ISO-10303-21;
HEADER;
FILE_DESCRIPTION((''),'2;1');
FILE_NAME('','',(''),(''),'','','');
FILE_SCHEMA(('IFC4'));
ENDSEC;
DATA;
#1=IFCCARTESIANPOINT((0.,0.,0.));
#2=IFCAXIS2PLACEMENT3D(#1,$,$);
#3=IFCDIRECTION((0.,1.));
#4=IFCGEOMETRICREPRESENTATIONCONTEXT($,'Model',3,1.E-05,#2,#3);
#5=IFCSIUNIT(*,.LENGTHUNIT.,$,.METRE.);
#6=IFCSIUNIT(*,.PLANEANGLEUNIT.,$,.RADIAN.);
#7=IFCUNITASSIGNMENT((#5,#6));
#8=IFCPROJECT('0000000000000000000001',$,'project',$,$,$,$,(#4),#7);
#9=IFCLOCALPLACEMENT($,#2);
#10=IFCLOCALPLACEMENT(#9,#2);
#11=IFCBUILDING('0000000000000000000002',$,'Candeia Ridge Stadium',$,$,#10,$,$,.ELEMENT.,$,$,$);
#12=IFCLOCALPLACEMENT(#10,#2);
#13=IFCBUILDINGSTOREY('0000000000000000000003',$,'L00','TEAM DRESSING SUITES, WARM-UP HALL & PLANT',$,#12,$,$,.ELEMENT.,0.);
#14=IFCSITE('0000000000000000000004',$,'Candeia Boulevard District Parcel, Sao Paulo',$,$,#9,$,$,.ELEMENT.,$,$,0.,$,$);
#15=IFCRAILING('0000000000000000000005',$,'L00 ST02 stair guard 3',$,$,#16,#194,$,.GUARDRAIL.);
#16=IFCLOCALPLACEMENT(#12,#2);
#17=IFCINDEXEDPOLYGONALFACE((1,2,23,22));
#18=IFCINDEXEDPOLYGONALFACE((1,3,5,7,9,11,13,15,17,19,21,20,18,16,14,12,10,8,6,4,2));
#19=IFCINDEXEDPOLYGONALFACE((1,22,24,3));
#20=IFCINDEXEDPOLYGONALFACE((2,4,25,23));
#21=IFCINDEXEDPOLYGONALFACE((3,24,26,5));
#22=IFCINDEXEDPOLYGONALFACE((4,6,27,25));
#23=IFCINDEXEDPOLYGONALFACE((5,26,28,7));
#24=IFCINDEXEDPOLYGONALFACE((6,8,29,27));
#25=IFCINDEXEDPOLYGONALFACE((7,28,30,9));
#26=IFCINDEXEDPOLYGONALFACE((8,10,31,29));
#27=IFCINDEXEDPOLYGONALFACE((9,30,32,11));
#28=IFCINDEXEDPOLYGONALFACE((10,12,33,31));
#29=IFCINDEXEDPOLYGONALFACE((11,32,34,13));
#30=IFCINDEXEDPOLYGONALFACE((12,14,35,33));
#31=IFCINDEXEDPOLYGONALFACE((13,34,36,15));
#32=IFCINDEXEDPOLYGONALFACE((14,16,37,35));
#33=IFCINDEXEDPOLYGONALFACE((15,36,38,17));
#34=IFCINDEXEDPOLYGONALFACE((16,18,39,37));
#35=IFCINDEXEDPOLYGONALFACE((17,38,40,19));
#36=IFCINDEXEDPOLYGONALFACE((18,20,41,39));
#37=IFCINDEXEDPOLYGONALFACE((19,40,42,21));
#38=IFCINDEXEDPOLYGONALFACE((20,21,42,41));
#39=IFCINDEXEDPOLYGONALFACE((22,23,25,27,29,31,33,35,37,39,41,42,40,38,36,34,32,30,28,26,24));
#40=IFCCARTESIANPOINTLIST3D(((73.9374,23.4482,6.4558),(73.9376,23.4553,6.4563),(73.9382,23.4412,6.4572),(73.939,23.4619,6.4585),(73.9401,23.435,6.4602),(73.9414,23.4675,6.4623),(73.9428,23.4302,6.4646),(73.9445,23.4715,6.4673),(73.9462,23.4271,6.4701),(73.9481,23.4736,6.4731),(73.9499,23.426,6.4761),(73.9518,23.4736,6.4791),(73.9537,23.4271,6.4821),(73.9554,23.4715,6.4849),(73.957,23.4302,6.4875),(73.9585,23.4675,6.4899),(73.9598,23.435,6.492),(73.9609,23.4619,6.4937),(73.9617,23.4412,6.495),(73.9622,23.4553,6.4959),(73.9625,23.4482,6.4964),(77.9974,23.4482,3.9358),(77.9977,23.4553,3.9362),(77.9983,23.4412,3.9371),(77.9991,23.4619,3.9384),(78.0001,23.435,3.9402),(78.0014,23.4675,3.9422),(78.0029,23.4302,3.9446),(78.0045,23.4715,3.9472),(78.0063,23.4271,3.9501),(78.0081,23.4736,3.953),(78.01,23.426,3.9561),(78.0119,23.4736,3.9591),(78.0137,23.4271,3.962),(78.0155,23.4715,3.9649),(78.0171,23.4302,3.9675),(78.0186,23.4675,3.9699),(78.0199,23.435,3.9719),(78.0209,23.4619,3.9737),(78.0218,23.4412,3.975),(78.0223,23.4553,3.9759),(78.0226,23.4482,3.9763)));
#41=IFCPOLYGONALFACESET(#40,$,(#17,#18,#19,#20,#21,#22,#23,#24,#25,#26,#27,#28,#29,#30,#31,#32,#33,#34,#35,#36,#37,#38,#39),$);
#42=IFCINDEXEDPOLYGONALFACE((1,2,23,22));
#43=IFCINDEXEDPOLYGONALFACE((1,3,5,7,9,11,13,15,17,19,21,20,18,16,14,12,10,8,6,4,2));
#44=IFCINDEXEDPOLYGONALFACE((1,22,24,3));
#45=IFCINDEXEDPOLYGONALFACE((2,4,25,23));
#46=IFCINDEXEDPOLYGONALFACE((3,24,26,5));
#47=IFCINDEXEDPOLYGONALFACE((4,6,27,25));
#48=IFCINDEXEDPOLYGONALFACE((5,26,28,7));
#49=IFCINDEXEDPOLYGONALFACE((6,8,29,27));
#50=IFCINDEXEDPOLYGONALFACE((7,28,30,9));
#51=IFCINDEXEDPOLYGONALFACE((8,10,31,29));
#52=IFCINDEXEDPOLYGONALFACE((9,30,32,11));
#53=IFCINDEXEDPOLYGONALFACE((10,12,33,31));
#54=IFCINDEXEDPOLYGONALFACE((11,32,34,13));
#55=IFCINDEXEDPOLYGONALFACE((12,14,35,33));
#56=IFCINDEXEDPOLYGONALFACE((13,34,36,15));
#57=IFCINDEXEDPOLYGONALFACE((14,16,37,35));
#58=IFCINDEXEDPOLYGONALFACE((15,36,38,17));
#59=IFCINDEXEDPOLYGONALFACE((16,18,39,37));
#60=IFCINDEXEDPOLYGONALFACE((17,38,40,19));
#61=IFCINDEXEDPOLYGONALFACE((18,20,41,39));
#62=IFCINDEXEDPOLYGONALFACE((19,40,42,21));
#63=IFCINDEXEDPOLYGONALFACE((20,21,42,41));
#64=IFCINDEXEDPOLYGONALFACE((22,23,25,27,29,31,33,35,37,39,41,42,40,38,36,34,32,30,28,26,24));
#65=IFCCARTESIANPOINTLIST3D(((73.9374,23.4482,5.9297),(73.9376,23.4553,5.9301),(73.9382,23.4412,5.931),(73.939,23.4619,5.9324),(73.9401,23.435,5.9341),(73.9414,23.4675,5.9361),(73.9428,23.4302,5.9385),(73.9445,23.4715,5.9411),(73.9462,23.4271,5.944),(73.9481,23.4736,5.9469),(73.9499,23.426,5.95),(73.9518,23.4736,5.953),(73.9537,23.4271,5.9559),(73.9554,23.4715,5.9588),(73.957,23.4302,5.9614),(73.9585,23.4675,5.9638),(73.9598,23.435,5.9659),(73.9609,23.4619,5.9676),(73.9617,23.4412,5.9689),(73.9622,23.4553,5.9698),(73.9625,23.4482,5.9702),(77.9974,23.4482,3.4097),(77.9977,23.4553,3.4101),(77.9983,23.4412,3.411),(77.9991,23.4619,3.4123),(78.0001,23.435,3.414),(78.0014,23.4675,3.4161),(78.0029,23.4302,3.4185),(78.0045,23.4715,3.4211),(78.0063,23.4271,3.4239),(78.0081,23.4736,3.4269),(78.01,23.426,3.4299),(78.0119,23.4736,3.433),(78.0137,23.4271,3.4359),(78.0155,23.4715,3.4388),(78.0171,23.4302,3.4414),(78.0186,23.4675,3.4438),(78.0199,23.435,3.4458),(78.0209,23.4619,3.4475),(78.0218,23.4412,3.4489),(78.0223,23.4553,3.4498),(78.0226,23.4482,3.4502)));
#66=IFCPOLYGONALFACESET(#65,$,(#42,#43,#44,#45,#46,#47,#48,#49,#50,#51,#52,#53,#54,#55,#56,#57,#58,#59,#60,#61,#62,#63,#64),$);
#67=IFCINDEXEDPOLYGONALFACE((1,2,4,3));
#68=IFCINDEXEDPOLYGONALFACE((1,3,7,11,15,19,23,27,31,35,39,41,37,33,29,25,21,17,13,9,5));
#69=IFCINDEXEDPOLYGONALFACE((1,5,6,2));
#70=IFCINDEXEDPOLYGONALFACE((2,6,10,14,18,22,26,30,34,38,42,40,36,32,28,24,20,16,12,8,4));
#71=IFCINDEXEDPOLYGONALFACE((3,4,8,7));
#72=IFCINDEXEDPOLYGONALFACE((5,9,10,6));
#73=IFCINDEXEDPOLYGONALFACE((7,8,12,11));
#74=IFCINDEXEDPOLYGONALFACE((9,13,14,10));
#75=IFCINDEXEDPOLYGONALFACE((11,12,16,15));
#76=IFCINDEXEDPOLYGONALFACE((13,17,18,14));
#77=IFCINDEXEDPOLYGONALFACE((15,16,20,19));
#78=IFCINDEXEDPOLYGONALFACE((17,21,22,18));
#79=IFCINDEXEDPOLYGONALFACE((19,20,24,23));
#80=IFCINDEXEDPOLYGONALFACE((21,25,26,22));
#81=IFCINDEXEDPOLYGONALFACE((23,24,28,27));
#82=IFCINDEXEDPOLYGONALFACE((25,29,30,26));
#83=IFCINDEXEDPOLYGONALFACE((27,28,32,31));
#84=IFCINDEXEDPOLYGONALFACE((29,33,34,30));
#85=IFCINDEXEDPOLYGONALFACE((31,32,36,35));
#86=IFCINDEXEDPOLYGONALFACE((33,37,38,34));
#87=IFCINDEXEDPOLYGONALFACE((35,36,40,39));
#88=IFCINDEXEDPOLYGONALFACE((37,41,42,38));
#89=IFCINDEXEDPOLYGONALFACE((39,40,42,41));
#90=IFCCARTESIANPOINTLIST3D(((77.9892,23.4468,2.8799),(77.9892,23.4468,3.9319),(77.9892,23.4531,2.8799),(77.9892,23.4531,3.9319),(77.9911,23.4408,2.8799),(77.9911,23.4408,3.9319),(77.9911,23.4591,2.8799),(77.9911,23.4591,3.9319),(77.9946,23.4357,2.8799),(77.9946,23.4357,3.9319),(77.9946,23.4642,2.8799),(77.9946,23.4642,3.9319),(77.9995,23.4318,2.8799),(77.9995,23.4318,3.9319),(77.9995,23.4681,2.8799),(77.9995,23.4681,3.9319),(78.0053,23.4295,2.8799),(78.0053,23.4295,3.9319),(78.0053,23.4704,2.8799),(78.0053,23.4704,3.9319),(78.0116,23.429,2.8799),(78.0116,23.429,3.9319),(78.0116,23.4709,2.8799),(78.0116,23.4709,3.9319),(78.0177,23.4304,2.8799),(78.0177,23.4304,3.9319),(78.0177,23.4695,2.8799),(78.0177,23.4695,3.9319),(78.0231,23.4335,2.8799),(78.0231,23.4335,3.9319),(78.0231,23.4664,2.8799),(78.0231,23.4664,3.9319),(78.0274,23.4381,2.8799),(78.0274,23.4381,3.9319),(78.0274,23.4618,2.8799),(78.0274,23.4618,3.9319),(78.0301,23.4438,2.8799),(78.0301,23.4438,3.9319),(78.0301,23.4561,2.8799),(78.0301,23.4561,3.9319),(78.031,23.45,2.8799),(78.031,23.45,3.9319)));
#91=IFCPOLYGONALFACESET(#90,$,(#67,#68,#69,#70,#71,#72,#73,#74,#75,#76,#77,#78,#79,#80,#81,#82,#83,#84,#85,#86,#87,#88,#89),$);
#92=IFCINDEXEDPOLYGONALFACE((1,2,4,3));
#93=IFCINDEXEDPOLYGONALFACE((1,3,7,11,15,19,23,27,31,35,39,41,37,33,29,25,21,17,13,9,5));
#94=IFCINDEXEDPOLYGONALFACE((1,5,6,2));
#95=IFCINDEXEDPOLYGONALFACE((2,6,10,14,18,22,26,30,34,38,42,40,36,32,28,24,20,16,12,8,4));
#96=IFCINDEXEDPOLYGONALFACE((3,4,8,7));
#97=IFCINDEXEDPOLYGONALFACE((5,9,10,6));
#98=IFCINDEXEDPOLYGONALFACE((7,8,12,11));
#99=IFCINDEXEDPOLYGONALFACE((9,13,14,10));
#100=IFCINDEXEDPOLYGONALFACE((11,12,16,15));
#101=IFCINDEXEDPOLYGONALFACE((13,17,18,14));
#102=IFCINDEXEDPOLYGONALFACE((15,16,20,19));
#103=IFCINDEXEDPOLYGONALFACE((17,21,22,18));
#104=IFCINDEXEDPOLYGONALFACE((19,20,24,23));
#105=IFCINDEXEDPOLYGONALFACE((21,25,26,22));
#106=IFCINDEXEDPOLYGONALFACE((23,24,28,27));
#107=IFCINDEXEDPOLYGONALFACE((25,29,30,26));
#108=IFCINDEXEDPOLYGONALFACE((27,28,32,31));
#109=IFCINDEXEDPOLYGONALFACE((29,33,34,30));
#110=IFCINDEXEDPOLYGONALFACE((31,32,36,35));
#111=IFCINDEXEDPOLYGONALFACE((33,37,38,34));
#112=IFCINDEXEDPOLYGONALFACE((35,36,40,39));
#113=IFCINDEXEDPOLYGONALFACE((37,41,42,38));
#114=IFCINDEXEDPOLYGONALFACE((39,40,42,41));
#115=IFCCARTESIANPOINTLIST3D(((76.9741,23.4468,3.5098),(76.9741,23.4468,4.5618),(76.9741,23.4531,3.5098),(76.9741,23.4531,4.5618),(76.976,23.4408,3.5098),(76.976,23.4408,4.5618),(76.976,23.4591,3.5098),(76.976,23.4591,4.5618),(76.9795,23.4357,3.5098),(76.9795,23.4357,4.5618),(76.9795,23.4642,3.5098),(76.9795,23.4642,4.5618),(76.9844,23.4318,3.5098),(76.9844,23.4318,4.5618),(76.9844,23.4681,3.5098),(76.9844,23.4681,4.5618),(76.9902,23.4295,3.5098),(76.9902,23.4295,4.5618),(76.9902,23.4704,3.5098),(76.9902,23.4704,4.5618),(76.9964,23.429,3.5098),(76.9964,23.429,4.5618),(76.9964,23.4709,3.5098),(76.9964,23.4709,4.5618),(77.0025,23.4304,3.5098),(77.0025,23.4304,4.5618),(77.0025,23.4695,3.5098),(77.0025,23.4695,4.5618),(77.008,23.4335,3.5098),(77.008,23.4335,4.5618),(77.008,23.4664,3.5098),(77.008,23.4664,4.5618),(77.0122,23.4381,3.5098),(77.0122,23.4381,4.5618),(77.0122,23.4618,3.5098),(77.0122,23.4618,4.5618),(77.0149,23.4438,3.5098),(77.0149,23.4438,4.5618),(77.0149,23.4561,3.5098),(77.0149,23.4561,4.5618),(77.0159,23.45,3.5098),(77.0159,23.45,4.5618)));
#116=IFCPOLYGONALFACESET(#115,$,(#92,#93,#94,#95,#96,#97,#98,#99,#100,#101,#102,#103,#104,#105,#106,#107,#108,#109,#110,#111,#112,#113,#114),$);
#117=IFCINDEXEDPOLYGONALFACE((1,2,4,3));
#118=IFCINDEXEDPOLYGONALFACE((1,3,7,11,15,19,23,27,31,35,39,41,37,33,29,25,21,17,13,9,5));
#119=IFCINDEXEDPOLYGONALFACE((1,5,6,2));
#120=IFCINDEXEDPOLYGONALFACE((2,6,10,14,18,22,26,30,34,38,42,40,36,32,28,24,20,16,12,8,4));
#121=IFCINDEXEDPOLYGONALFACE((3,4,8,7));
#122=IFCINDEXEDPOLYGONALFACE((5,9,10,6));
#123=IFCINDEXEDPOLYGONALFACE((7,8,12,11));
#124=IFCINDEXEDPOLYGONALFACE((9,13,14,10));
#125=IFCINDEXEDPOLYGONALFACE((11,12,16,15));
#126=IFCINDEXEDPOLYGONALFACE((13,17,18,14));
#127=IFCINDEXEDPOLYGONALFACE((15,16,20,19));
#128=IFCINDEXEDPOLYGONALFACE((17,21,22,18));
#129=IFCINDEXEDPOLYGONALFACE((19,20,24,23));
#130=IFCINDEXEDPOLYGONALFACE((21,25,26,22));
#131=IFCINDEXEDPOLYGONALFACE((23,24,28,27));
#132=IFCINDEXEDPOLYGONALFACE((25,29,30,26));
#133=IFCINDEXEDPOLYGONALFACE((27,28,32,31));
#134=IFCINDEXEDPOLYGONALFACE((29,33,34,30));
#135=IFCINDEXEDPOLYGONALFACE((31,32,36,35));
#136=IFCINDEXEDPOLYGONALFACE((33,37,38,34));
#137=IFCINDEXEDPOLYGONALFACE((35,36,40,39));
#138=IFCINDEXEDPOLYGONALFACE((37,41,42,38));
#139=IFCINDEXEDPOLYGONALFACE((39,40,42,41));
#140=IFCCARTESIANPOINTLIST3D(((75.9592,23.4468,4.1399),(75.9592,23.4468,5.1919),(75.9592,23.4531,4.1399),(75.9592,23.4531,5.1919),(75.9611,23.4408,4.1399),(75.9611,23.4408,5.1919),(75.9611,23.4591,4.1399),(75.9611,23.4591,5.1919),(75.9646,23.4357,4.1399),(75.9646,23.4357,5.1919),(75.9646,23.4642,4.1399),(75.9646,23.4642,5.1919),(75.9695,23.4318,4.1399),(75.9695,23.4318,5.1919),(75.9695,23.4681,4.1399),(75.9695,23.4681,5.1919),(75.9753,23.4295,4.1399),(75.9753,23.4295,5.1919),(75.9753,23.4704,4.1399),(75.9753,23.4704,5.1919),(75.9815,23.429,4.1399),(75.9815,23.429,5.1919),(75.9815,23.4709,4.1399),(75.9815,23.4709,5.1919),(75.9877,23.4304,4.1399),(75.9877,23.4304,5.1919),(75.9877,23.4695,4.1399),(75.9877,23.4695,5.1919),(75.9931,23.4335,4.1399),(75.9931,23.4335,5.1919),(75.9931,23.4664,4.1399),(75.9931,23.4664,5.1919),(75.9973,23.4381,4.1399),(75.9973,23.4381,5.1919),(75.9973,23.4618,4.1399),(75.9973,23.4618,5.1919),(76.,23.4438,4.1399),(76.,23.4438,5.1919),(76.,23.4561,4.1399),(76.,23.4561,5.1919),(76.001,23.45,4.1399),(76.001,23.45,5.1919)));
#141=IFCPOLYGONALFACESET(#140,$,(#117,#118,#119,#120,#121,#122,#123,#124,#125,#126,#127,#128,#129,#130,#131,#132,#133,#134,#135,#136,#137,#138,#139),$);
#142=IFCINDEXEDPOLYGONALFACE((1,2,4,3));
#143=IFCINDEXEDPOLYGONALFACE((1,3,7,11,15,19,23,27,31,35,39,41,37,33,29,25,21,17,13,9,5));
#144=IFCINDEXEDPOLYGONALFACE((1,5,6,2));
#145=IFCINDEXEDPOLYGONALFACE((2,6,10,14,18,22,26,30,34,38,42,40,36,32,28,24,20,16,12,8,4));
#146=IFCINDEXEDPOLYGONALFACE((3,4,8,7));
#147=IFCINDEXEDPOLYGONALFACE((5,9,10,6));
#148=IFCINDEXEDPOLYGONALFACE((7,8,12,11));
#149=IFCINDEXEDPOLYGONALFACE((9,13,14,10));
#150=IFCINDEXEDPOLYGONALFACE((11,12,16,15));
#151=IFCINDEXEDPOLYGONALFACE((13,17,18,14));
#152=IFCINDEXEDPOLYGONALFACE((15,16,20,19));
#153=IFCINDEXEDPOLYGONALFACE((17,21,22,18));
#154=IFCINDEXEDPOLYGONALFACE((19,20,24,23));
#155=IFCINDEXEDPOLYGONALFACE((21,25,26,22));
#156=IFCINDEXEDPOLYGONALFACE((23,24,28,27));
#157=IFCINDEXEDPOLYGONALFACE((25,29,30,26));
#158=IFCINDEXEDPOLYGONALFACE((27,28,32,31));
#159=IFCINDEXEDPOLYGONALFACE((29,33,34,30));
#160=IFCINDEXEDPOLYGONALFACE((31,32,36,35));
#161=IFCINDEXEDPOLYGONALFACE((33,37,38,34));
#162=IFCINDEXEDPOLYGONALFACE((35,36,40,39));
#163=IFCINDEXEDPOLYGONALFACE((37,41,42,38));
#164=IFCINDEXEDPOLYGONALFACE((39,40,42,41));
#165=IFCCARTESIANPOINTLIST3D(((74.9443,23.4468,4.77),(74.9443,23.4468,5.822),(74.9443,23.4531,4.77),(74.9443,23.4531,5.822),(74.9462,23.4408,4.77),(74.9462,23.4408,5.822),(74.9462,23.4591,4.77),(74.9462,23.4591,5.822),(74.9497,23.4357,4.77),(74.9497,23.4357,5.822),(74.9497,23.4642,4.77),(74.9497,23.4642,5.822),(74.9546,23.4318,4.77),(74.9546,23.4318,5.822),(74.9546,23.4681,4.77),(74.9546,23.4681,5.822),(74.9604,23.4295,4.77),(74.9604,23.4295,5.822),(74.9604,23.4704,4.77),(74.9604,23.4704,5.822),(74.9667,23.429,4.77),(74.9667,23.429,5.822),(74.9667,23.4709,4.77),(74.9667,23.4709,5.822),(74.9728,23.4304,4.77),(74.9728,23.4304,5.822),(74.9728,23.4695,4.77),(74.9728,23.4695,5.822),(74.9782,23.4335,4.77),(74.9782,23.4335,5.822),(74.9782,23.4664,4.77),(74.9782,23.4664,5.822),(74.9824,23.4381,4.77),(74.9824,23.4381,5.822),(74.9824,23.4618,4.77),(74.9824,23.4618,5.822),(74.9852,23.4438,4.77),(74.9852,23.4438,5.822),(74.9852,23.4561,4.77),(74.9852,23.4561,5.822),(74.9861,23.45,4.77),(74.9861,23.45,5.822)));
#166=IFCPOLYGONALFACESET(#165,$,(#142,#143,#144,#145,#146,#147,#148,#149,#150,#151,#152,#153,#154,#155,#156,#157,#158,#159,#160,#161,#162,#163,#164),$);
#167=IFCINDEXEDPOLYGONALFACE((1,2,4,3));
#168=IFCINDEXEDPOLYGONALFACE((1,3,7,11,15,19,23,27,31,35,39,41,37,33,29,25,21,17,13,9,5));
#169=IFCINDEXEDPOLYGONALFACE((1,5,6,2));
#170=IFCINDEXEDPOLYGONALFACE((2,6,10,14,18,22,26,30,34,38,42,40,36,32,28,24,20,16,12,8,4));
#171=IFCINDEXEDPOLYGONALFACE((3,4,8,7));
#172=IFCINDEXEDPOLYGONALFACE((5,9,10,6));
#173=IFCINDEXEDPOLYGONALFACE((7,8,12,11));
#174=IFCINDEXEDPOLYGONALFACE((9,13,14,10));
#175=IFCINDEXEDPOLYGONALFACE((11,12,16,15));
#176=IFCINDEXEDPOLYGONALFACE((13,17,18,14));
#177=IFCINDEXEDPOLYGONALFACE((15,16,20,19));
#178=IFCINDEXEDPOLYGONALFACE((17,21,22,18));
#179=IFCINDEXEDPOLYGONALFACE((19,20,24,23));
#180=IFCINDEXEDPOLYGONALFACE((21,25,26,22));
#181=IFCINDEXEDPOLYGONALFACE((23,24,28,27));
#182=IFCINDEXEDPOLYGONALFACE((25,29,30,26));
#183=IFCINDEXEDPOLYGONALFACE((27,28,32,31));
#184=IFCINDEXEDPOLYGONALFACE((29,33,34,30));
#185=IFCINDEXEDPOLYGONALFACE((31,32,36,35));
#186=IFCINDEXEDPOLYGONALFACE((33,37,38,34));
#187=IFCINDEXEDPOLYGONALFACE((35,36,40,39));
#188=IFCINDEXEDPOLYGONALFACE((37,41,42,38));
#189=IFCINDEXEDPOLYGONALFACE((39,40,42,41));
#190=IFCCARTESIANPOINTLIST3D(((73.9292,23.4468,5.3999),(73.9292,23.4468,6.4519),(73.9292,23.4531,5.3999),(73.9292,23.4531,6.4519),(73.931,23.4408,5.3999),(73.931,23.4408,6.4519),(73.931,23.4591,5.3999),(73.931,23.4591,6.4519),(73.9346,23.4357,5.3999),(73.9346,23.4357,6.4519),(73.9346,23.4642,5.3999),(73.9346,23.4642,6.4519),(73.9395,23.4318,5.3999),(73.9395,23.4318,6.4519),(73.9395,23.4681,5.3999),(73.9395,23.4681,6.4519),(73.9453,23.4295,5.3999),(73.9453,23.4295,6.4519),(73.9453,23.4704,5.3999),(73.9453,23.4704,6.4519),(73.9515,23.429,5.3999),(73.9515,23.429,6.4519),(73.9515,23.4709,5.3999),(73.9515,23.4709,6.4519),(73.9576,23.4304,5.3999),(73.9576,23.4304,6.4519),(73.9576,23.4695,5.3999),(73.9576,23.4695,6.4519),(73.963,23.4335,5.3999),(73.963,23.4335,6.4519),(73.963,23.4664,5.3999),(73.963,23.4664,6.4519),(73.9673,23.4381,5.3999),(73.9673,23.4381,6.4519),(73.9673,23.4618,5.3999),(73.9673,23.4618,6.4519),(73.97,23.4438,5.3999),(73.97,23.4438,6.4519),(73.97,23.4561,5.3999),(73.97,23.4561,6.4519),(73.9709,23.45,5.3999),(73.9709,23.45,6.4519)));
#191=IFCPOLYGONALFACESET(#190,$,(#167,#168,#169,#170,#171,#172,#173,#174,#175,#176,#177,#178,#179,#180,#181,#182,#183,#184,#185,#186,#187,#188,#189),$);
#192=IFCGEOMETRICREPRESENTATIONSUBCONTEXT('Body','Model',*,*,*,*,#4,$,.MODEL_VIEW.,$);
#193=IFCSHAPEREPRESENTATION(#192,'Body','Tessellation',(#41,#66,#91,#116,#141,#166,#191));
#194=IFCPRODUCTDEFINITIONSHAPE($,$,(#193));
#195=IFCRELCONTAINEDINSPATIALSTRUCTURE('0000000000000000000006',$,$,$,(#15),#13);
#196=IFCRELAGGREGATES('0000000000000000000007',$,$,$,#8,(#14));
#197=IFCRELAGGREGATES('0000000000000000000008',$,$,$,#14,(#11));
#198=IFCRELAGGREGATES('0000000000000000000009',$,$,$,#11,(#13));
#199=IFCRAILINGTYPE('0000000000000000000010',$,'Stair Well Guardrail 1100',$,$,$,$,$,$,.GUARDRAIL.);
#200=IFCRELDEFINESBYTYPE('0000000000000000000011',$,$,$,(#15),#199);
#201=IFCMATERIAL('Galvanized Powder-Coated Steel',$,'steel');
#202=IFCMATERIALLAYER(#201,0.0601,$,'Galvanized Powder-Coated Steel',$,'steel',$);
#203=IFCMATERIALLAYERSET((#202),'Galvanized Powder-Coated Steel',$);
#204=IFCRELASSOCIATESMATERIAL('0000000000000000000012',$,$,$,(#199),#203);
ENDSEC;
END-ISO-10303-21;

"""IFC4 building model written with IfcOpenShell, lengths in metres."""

from ifc_helpers import new_model, si_unit, direction, frame, origin, origin_2d, place, context, subcontext, project, spatial, circle, extrude, material, layer, layer_set, type_object, element, save


model = new_model("IFC4")

# Units and contexts
model_context = context("Model", 3, precision=1e-05, world=origin(), true_north=direction((0.0, 1.0)))
body_context = subcontext(model_context, "Body", "Model", "MODEL_VIEW")
ifc_project = project(units=[si_unit("LENGTHUNIT", "METRE"), si_unit("PLANEANGLEUNIT", "RADIAN")], contexts=[model_context])

# Site, building, storey
site_placement = place(None, origin())
site = spatial("IfcSite", under=ifc_project, at=site_placement, Name="Candeia Boulevard District Parcel, Sao Paulo", CompositionType="ELEMENT", RefElevation=0.0)
building_placement = place(site_placement, origin())
building = spatial("IfcBuilding", under=site, at=building_placement, Name="Candeia Ridge Stadium", CompositionType="ELEMENT")
storey_placement = place(building_placement, origin())
storey = spatial("IfcBuildingStorey", under=building, at=storey_placement, Name="L00", Description="TEAM DRESSING SUITES, WARM-UP HALL & PLANT", CompositionType="ELEMENT", Elevation=0.0)

# Railing
ifc_material_1 = material(Name="Galvanized Powder-Coated Steel", Category="steel")
ifc_layer_1 = layer(ifc_material_1, 0.0601, Name="Galvanized Powder-Coated Steel", Category="steel")
ifc_layer_set_1 = layer_set([ifc_layer_1], Name="Galvanized Powder-Coated Steel")
railing_type_1 = type_object("IfcRailingType", Name="Stair Well Guardrail 1100", PredefinedType="GUARDRAIL", material=ifc_layer_set_1)
railing_1_placement = place(storey_placement, frame((78.01, 23.45, 2.8799)))
element("IfcRailing", 1, at=railing_1_placement, inside=storey, type_object=railing_type_1, Name="L00 ST02 stair guard 3", PredefinedType="GUARDRAIL", context=body_context, shape_type="SweptSolid", body=[
    extrude(circle(Radius=0.0239, at=origin_2d()), frame((0.0, 0.0, 1.0762), z_axis=(-0.849642, 0.0, 0.52736), x_axis=(0.0, -1.0, 0.0)), (0.0, 0.0, 1.0), 4.7786),
    extrude(circle(Radius=0.0239, at=origin_2d()), frame((0.0, 0.0, 0.55), z_axis=(-0.849642, 0.0, 0.52736), x_axis=(0.0, -1.0, 0.0)), (0.0, 0.0, 1.0), 4.7786),
    extrude(circle(Radius=0.021, at=origin_2d()), origin(), (0.0, 0.0, 1.0), 1.052),
    extrude(circle(Radius=0.021, at=origin_2d()), frame((-1.0151, 0.0, 0.6299)), (0.0, 0.0, 1.0), 1.052),
    extrude(circle(Radius=0.021, at=origin_2d()), frame((-2.03, 0.0, 1.26)), (0.0, 0.0, 1.0), 1.052),
    extrude(circle(Radius=0.021, at=origin_2d()), frame((-3.0449, 0.0, 1.8901)), (0.0, 0.0, 1.0), 1.052),
    extrude(circle(Radius=0.021, at=origin_2d()), frame((-4.0601, 0.0, 2.52)), (0.0, 0.0, 1.0), 1.052),
])

save(model, "model.ifc")
